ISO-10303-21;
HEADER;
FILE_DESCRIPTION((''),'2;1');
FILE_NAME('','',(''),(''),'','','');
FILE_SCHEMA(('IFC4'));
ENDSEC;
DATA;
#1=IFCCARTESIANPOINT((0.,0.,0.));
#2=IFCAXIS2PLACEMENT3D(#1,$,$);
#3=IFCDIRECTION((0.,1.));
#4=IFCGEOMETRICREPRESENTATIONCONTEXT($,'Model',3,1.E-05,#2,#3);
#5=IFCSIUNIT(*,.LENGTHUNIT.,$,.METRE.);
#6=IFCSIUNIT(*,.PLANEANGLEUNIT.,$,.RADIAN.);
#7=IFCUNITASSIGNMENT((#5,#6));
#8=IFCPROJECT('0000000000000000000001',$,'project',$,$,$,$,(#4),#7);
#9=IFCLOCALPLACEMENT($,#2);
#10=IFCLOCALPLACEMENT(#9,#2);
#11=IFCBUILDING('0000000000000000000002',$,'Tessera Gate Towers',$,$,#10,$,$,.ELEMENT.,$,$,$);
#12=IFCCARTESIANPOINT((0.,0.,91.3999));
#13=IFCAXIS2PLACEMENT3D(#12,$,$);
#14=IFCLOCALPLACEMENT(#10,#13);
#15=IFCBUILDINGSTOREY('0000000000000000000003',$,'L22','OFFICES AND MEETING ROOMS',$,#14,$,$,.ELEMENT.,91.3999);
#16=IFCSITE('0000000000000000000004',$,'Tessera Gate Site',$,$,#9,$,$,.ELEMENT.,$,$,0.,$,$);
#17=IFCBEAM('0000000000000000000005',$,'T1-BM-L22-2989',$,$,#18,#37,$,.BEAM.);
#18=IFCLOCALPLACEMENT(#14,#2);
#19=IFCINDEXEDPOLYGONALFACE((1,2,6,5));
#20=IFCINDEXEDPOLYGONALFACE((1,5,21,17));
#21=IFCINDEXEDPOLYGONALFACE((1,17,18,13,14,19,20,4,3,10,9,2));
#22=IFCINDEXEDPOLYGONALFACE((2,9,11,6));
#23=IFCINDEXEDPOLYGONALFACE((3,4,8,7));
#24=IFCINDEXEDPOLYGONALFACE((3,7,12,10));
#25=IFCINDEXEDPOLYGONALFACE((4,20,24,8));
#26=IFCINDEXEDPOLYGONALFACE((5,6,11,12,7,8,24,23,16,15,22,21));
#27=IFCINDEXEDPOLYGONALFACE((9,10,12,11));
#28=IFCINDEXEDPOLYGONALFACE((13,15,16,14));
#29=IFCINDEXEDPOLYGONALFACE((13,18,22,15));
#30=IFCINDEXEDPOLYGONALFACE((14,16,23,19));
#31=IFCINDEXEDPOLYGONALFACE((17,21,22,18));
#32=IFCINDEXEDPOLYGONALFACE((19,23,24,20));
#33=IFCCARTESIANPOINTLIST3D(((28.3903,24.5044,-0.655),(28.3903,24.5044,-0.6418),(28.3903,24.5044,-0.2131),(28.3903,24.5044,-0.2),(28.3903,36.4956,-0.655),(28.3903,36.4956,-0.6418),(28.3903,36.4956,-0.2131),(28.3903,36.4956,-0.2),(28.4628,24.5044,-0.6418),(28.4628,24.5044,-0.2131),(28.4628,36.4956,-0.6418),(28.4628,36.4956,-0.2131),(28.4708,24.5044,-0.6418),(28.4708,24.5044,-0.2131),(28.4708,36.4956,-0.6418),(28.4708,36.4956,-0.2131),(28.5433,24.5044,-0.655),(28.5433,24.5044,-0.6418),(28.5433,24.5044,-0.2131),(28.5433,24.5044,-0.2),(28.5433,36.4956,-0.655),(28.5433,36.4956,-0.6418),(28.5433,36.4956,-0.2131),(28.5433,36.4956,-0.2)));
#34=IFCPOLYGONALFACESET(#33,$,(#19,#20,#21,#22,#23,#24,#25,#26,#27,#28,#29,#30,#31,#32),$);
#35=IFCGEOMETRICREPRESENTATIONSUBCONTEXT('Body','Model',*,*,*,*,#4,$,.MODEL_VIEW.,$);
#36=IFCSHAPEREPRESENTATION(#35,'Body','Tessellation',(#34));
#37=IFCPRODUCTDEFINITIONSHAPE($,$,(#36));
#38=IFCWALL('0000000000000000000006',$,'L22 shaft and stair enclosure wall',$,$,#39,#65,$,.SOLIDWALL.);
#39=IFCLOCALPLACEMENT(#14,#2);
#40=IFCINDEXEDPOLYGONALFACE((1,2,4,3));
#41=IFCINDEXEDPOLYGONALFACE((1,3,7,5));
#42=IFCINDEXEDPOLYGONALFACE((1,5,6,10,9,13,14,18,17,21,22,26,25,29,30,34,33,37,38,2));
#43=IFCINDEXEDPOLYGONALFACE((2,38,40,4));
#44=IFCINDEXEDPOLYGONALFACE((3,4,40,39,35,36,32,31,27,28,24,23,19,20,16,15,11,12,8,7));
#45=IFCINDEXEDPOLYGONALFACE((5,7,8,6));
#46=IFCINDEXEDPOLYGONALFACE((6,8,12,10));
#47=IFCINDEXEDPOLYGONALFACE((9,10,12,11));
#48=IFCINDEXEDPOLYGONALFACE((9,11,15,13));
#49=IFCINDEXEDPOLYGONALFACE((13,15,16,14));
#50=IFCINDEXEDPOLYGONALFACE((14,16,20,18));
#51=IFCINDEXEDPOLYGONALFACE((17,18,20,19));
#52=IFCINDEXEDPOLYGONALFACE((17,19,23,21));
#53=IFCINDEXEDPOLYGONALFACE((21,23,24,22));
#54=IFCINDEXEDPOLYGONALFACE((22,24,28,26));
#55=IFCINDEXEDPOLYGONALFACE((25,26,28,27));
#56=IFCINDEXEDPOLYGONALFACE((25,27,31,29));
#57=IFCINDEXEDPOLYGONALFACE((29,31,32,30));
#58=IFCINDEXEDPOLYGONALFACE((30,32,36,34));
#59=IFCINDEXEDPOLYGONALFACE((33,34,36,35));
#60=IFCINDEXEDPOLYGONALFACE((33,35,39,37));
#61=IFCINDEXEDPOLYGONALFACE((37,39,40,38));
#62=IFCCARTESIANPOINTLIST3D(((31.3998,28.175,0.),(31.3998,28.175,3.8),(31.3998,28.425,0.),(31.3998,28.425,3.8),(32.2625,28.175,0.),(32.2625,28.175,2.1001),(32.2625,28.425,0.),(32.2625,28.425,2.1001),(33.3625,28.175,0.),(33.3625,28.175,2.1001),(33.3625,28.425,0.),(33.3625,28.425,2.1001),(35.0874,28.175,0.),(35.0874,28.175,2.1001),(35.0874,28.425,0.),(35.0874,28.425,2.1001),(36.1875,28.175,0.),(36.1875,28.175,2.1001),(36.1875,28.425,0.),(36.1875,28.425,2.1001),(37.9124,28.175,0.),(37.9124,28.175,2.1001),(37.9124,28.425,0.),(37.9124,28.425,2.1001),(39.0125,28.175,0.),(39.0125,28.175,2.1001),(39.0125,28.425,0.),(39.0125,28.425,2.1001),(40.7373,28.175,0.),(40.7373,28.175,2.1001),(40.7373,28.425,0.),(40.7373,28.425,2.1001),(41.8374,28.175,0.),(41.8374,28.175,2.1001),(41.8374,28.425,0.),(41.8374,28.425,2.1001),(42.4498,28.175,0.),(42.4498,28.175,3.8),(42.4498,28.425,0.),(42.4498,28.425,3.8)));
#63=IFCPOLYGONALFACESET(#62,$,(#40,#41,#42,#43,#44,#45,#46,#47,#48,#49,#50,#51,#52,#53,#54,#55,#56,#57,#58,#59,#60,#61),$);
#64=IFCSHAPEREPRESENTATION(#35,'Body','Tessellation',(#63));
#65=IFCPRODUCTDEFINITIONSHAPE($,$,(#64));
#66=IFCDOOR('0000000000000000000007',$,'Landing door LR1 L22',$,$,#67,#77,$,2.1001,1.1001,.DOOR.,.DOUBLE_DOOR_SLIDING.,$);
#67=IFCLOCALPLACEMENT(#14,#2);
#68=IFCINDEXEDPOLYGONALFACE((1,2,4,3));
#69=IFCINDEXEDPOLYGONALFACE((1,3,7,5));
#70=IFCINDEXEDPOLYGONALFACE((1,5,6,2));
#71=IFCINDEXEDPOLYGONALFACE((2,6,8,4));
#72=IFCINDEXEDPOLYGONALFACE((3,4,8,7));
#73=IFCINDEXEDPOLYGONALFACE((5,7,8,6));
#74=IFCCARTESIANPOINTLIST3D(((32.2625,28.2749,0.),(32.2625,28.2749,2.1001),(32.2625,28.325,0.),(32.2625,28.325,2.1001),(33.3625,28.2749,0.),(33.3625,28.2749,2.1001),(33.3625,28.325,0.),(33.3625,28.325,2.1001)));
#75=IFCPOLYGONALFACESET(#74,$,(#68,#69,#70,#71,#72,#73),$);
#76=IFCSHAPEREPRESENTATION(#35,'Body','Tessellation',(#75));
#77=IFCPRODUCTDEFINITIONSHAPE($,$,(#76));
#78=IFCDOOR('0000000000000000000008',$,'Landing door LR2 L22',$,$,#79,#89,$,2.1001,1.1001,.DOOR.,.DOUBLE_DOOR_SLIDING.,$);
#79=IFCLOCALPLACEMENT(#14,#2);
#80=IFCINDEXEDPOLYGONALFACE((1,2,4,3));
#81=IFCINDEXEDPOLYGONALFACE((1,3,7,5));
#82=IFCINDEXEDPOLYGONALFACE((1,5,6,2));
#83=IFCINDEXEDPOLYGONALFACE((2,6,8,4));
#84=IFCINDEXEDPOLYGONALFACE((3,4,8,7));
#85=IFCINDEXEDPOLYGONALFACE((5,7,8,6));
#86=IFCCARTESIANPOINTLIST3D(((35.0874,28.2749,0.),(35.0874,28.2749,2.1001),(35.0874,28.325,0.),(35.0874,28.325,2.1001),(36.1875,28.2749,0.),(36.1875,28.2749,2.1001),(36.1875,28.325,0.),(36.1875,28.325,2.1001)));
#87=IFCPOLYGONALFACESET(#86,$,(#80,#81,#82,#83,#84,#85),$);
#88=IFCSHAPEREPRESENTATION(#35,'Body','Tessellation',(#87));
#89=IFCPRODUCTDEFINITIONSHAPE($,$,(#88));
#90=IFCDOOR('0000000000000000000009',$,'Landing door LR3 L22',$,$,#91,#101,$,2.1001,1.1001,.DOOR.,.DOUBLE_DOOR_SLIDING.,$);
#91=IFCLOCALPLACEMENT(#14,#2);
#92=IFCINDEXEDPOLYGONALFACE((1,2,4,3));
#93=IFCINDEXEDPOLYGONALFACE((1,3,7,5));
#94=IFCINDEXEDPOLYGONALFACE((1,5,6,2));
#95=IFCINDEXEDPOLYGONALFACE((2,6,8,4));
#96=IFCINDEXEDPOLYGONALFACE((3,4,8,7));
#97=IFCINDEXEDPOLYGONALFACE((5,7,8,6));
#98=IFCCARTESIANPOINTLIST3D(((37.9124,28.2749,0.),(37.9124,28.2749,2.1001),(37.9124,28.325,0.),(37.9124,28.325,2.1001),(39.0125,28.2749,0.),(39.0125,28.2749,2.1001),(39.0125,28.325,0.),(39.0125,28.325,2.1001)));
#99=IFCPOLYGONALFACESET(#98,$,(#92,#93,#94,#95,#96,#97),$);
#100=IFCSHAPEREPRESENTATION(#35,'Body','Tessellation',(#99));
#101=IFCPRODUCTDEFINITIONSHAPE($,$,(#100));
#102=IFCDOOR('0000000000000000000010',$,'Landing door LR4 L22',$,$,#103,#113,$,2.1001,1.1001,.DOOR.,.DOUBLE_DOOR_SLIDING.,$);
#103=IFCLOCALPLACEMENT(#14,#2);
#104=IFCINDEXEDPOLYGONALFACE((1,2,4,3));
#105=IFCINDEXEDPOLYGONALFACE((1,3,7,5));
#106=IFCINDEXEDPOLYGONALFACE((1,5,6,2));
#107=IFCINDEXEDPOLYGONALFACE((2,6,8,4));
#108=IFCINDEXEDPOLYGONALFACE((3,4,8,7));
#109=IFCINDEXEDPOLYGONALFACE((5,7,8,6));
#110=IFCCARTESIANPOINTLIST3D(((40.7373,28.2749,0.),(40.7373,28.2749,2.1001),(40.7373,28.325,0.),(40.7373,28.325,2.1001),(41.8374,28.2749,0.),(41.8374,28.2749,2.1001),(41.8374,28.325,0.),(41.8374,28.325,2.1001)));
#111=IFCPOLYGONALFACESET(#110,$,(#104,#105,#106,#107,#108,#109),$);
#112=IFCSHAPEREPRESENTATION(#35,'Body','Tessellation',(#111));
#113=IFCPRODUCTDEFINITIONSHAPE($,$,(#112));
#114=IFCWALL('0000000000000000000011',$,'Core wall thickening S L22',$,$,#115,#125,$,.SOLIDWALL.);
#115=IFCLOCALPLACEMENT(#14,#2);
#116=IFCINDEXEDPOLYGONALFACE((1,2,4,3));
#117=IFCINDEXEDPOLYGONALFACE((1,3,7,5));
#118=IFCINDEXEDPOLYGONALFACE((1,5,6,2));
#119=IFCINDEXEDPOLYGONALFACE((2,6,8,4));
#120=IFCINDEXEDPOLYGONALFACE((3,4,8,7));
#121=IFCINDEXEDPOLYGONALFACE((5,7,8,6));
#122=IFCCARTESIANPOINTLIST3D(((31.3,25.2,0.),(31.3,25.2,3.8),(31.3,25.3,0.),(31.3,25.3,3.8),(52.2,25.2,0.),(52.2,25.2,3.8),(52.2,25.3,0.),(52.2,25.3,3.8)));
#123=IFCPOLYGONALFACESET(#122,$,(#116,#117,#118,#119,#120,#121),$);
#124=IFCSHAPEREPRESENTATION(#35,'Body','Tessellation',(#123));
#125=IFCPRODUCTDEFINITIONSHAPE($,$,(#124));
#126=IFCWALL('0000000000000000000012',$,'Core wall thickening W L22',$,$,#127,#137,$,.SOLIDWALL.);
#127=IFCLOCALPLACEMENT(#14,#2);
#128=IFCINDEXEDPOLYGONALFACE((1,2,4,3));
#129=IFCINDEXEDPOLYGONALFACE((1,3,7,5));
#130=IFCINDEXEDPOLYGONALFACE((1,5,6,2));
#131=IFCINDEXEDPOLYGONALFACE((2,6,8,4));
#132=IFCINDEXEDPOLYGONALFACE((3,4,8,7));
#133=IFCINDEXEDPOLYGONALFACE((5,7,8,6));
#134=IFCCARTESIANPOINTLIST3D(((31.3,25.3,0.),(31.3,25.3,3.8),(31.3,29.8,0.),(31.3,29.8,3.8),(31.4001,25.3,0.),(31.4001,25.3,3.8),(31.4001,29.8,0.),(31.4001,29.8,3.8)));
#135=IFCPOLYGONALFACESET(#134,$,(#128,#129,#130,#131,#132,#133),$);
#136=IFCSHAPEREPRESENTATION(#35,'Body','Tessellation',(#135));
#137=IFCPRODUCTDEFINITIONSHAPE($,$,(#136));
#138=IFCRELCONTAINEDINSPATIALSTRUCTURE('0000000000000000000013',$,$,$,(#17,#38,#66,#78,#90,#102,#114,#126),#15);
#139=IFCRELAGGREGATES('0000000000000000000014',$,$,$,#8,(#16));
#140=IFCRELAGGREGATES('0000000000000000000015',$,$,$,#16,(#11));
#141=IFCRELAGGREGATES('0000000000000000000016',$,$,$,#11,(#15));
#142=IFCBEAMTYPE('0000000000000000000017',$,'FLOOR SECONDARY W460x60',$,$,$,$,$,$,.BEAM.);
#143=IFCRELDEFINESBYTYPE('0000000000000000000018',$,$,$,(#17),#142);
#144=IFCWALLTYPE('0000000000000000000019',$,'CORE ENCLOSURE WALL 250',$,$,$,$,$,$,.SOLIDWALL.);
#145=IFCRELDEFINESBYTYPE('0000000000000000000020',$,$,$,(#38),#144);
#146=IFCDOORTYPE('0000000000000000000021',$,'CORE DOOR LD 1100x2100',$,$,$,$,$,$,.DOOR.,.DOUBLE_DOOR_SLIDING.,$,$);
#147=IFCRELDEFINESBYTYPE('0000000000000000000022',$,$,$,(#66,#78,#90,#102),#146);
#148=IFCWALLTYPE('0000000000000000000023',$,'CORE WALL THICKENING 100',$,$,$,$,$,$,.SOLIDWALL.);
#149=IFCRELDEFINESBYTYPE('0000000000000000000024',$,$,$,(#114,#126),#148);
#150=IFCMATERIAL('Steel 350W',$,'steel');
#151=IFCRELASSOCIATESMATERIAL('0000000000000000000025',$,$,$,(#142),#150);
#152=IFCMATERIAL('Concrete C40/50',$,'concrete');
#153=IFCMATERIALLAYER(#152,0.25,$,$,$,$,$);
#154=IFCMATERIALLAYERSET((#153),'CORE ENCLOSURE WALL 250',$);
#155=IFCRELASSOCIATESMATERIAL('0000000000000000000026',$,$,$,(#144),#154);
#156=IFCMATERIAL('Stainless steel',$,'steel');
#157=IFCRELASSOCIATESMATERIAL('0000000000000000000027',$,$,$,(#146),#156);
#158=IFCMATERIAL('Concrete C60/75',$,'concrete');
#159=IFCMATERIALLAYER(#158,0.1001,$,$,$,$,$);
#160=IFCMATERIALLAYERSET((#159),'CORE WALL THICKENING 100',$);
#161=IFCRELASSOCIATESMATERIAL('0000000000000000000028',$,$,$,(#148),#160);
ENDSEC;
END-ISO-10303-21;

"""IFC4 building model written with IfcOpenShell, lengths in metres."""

from ifc_helpers import new_model, si_unit, direction, frame, frame_2d, origin, origin_2d, place, context, subcontext, project, spatial, rectangle, i_section, extrude, source, transform, mapped, material, layer, layer_set, material_profile, profile_set, type_object, element, fill, save


model = new_model("IFC4")

# Units and contexts
model_context = context("Model", 3, precision=1e-05, world=origin(), true_north=direction((0.0, 1.0)))
body_context = subcontext(model_context, "Body", "Model", "MODEL_VIEW")
ifc_project = project(units=[si_unit("LENGTHUNIT", "METRE"), si_unit("PLANEANGLEUNIT", "RADIAN")], contexts=[model_context])

# Site, building, storey
site_placement = place(None, origin())
site = spatial("IfcSite", under=ifc_project, at=site_placement, Name="Tessera Gate Site", CompositionType="ELEMENT", RefElevation=0.0)
building_placement = place(site_placement, origin())
building = spatial("IfcBuilding", under=site, at=building_placement, Name="Tessera Gate Towers", CompositionType="ELEMENT")
storey_placement = place(building_placement, frame((0.0, 0.0, 91.3999)))
storey = spatial("IfcBuildingStorey", under=building, at=storey_placement, Name="L22", Description="OFFICES AND MEETING ROOMS", CompositionType="ELEMENT", Elevation=91.3999)

# Beam
ifc_material_1 = material(Name="Steel 350W", Category="steel")
ifc_material_profile = material_profile(ifc_material_1, i_section(OverallWidth=0.1531, OverallDepth=0.4551, WebThickness=0.0081, FlangeThickness=0.0132, at=origin_2d()), Name="W460x60")
ifc_profile_set = profile_set([ifc_material_profile], Name="Steel 350W")
beam_type = type_object("IfcBeamType", Name="FLOOR SECONDARY W460x60", PredefinedType="BEAM", material=ifc_profile_set)
beam_placement = place(storey_placement, frame((28.4668, 24.5044, -0.4275), z_axis=(0.0, 1.0, 0.0), x_axis=(-1.0, 0.0, 0.0)))
element("IfcBeam", 1, at=beam_placement, inside=storey, type_object=beam_type, Name="T1-BM-L22-2989", PredefinedType="BEAM", context=body_context, shape_type="SweptSolid", body=[
    extrude(i_section(OverallWidth=0.1531, OverallDepth=0.4551, WebThickness=0.0081, FlangeThickness=0.0132, at=origin_2d()), origin(), (0.0, 0.0, 1.0), 11.9912),
])

# Wall, openings, doors
ifc_material_2 = material(Name="Concrete C40/50", Category="concrete")
ifc_layer_1 = layer(ifc_material_2, 0.25)
ifc_layer_set_1 = layer_set([ifc_layer_1], Name="CORE ENCLOSURE WALL 250")
wall_type_1 = type_object("IfcWallType", Name="CORE ENCLOSURE WALL 250", PredefinedType="SOLIDWALL", material=ifc_layer_set_1)
wall_1_placement = place(storey_placement, frame((31.3999, 28.3, 0.0), z_axis=(0.0, 0.0, 1.0), x_axis=(1.0, 0.0, 0.0)))
wall_1 = element("IfcWall", 2, at=wall_1_placement, inside=storey, type_object=wall_type_1, Name="L22 shaft and stair enclosure wall", PredefinedType="SOLIDWALL", context=body_context, shape_type="SweptSolid", body=[
    extrude(rectangle(XDim=11.05, YDim=0.25, at=frame_2d((5.5249, 0.0))), origin(), (0.0, 0.0, 1.0), 3.8),
])
shared_shape_1 = source(origin(), body_context, "Body", "SweptSolid", [
    extrude(rectangle(XDim=1.1001, YDim=2.1001, at=frame_2d((0.55, 1.05))), frame((0.0, 0.135, 0.0), z_axis=(0.0, -1.0, 0.0), x_axis=(1.0, 0.0, 0.0)), (0.0, 0.0, 1.0), 0.27),
])
opening_1_placement = place(wall_1_placement, frame((0.8625, 0.0, 0.0)))
opening_1 = element("IfcOpeningElement", 3, at=opening_1_placement, cuts=wall_1, PredefinedType="OPENING", context=body_context, shape_type="MappedRepresentation", body=[
    mapped(shared_shape_1, transform((0.0, 0.0, 0.0), scale=1.0)),
])
opening_2_placement = place(wall_1_placement, frame((3.6875, 0.0, 0.0)))
opening_2 = element("IfcOpeningElement", 4, at=opening_2_placement, cuts=wall_1, PredefinedType="OPENING", context=body_context, shape_type="MappedRepresentation", body=[
    mapped(shared_shape_1, transform((0.0, 0.0, 0.0), scale=1.0)),
])
opening_3_placement = place(wall_1_placement, frame((6.5125, 0.0, 0.0)))
opening_3 = element("IfcOpeningElement", 5, at=opening_3_placement, cuts=wall_1, PredefinedType="OPENING", context=body_context, shape_type="MappedRepresentation", body=[
    mapped(shared_shape_1, transform((0.0, 0.0, 0.0), scale=1.0)),
])
opening_4_placement = place(wall_1_placement, frame((9.3374, 0.0, 0.0)))
opening_4 = element("IfcOpeningElement", 6, at=opening_4_placement, cuts=wall_1, PredefinedType="OPENING", context=body_context, shape_type="MappedRepresentation", body=[
    mapped(shared_shape_1, transform((0.0, 0.0, 0.0), scale=1.0)),
])
ifc_material_3 = material(Name="Stainless steel", Category="steel")
door_type_1 = type_object("IfcDoorType", Name="CORE DOOR LD 1100x2100", OperationType="DOUBLE_DOOR_SLIDING", PredefinedType="DOOR", material=ifc_material_3)
shared_shape_2 = source(origin(), body_context, "Body", "SweptSolid", [
    extrude(rectangle(XDim=1.1001, YDim=2.1001, at=frame_2d((0.55, 1.05))), frame((0.0, 0.0249, 0.0), z_axis=(0.0, -1.0, 0.0), x_axis=(1.0, 0.0, 0.0)), (0.0, 0.0, 1.0), 0.05),
])
door_1_placement = place(opening_1_placement, origin())
door_1 = element("IfcDoor", 7, at=door_1_placement, inside=storey, type_object=door_type_1, Name="Landing door LR1 L22", OperationType="DOUBLE_DOOR_SLIDING", OverallHeight=2.1001, OverallWidth=1.1001, PredefinedType="DOOR", context=body_context, shape_type="MappedRepresentation", body=[
    mapped(shared_shape_2, transform((0.0, 0.0, 0.0), scale=1.0)),
])
fill(opening_1, door_1)
door_2_placement = place(opening_2_placement, origin())
door_2 = element("IfcDoor", 8, at=door_2_placement, inside=storey, type_object=door_type_1, Name="Landing door LR2 L22", OperationType="DOUBLE_DOOR_SLIDING", OverallHeight=2.1001, OverallWidth=1.1001, PredefinedType="DOOR", context=body_context, shape_type="MappedRepresentation", body=[
    mapped(shared_shape_2, transform((0.0, 0.0, 0.0), scale=1.0)),
])
fill(opening_2, door_2)
door_3_placement = place(opening_3_placement, origin())
door_3 = element("IfcDoor", 9, at=door_3_placement, inside=storey, type_object=door_type_1, Name="Landing door LR3 L22", OperationType="DOUBLE_DOOR_SLIDING", OverallHeight=2.1001, OverallWidth=1.1001, PredefinedType="DOOR", context=body_context, shape_type="MappedRepresentation", body=[
    mapped(shared_shape_2, transform((0.0, 0.0, 0.0), scale=1.0)),
])
fill(opening_3, door_3)
door_4_placement = place(opening_4_placement, origin())
door_4 = element("IfcDoor", 10, at=door_4_placement, inside=storey, type_object=door_type_1, Name="Landing door LR4 L22", OperationType="DOUBLE_DOOR_SLIDING", OverallHeight=2.1001, OverallWidth=1.1001, PredefinedType="DOOR", context=body_context, shape_type="MappedRepresentation", body=[
    mapped(shared_shape_2, transform((0.0, 0.0, 0.0), scale=1.0)),
])
fill(opening_4, door_4)

# Walls
ifc_material_4 = material(Name="Concrete C60/75", Category="concrete")
ifc_layer_2 = layer(ifc_material_4, 0.1001)
ifc_layer_set_2 = layer_set([ifc_layer_2], Name="CORE WALL THICKENING 100")
wall_type_2 = type_object("IfcWallType", Name="CORE WALL THICKENING 100", PredefinedType="SOLIDWALL", material=ifc_layer_set_2)
wall_2_placement = place(storey_placement, frame((31.3, 25.25, 0.0), z_axis=(0.0, 0.0, 1.0), x_axis=(1.0, 0.0, 0.0)))
element("IfcWall", 11, at=wall_2_placement, inside=storey, type_object=wall_type_2, Name="Core wall thickening S L22", PredefinedType="SOLIDWALL", context=body_context, shape_type="SweptSolid", body=[
    extrude(rectangle(XDim=20.8999, YDim=0.1001, at=frame_2d((10.45, 0.0))), origin(), (0.0, 0.0, 1.0), 3.8),
])
wall_3_placement = place(storey_placement, frame((31.3501, 25.3, 0.0), z_axis=(0.0, 0.0, 1.0), x_axis=(0.0, 1.0, 0.0)))
element("IfcWall", 12, at=wall_3_placement, inside=storey, type_object=wall_type_2, Name="Core wall thickening W L22", PredefinedType="SOLIDWALL", context=body_context, shape_type="SweptSolid", body=[
    extrude(rectangle(XDim=4.5, YDim=0.1001, at=frame_2d((2.25, 0.0))), origin(), (0.0, 0.0, 1.0), 3.8),
])

save(model, "model.ifc")
